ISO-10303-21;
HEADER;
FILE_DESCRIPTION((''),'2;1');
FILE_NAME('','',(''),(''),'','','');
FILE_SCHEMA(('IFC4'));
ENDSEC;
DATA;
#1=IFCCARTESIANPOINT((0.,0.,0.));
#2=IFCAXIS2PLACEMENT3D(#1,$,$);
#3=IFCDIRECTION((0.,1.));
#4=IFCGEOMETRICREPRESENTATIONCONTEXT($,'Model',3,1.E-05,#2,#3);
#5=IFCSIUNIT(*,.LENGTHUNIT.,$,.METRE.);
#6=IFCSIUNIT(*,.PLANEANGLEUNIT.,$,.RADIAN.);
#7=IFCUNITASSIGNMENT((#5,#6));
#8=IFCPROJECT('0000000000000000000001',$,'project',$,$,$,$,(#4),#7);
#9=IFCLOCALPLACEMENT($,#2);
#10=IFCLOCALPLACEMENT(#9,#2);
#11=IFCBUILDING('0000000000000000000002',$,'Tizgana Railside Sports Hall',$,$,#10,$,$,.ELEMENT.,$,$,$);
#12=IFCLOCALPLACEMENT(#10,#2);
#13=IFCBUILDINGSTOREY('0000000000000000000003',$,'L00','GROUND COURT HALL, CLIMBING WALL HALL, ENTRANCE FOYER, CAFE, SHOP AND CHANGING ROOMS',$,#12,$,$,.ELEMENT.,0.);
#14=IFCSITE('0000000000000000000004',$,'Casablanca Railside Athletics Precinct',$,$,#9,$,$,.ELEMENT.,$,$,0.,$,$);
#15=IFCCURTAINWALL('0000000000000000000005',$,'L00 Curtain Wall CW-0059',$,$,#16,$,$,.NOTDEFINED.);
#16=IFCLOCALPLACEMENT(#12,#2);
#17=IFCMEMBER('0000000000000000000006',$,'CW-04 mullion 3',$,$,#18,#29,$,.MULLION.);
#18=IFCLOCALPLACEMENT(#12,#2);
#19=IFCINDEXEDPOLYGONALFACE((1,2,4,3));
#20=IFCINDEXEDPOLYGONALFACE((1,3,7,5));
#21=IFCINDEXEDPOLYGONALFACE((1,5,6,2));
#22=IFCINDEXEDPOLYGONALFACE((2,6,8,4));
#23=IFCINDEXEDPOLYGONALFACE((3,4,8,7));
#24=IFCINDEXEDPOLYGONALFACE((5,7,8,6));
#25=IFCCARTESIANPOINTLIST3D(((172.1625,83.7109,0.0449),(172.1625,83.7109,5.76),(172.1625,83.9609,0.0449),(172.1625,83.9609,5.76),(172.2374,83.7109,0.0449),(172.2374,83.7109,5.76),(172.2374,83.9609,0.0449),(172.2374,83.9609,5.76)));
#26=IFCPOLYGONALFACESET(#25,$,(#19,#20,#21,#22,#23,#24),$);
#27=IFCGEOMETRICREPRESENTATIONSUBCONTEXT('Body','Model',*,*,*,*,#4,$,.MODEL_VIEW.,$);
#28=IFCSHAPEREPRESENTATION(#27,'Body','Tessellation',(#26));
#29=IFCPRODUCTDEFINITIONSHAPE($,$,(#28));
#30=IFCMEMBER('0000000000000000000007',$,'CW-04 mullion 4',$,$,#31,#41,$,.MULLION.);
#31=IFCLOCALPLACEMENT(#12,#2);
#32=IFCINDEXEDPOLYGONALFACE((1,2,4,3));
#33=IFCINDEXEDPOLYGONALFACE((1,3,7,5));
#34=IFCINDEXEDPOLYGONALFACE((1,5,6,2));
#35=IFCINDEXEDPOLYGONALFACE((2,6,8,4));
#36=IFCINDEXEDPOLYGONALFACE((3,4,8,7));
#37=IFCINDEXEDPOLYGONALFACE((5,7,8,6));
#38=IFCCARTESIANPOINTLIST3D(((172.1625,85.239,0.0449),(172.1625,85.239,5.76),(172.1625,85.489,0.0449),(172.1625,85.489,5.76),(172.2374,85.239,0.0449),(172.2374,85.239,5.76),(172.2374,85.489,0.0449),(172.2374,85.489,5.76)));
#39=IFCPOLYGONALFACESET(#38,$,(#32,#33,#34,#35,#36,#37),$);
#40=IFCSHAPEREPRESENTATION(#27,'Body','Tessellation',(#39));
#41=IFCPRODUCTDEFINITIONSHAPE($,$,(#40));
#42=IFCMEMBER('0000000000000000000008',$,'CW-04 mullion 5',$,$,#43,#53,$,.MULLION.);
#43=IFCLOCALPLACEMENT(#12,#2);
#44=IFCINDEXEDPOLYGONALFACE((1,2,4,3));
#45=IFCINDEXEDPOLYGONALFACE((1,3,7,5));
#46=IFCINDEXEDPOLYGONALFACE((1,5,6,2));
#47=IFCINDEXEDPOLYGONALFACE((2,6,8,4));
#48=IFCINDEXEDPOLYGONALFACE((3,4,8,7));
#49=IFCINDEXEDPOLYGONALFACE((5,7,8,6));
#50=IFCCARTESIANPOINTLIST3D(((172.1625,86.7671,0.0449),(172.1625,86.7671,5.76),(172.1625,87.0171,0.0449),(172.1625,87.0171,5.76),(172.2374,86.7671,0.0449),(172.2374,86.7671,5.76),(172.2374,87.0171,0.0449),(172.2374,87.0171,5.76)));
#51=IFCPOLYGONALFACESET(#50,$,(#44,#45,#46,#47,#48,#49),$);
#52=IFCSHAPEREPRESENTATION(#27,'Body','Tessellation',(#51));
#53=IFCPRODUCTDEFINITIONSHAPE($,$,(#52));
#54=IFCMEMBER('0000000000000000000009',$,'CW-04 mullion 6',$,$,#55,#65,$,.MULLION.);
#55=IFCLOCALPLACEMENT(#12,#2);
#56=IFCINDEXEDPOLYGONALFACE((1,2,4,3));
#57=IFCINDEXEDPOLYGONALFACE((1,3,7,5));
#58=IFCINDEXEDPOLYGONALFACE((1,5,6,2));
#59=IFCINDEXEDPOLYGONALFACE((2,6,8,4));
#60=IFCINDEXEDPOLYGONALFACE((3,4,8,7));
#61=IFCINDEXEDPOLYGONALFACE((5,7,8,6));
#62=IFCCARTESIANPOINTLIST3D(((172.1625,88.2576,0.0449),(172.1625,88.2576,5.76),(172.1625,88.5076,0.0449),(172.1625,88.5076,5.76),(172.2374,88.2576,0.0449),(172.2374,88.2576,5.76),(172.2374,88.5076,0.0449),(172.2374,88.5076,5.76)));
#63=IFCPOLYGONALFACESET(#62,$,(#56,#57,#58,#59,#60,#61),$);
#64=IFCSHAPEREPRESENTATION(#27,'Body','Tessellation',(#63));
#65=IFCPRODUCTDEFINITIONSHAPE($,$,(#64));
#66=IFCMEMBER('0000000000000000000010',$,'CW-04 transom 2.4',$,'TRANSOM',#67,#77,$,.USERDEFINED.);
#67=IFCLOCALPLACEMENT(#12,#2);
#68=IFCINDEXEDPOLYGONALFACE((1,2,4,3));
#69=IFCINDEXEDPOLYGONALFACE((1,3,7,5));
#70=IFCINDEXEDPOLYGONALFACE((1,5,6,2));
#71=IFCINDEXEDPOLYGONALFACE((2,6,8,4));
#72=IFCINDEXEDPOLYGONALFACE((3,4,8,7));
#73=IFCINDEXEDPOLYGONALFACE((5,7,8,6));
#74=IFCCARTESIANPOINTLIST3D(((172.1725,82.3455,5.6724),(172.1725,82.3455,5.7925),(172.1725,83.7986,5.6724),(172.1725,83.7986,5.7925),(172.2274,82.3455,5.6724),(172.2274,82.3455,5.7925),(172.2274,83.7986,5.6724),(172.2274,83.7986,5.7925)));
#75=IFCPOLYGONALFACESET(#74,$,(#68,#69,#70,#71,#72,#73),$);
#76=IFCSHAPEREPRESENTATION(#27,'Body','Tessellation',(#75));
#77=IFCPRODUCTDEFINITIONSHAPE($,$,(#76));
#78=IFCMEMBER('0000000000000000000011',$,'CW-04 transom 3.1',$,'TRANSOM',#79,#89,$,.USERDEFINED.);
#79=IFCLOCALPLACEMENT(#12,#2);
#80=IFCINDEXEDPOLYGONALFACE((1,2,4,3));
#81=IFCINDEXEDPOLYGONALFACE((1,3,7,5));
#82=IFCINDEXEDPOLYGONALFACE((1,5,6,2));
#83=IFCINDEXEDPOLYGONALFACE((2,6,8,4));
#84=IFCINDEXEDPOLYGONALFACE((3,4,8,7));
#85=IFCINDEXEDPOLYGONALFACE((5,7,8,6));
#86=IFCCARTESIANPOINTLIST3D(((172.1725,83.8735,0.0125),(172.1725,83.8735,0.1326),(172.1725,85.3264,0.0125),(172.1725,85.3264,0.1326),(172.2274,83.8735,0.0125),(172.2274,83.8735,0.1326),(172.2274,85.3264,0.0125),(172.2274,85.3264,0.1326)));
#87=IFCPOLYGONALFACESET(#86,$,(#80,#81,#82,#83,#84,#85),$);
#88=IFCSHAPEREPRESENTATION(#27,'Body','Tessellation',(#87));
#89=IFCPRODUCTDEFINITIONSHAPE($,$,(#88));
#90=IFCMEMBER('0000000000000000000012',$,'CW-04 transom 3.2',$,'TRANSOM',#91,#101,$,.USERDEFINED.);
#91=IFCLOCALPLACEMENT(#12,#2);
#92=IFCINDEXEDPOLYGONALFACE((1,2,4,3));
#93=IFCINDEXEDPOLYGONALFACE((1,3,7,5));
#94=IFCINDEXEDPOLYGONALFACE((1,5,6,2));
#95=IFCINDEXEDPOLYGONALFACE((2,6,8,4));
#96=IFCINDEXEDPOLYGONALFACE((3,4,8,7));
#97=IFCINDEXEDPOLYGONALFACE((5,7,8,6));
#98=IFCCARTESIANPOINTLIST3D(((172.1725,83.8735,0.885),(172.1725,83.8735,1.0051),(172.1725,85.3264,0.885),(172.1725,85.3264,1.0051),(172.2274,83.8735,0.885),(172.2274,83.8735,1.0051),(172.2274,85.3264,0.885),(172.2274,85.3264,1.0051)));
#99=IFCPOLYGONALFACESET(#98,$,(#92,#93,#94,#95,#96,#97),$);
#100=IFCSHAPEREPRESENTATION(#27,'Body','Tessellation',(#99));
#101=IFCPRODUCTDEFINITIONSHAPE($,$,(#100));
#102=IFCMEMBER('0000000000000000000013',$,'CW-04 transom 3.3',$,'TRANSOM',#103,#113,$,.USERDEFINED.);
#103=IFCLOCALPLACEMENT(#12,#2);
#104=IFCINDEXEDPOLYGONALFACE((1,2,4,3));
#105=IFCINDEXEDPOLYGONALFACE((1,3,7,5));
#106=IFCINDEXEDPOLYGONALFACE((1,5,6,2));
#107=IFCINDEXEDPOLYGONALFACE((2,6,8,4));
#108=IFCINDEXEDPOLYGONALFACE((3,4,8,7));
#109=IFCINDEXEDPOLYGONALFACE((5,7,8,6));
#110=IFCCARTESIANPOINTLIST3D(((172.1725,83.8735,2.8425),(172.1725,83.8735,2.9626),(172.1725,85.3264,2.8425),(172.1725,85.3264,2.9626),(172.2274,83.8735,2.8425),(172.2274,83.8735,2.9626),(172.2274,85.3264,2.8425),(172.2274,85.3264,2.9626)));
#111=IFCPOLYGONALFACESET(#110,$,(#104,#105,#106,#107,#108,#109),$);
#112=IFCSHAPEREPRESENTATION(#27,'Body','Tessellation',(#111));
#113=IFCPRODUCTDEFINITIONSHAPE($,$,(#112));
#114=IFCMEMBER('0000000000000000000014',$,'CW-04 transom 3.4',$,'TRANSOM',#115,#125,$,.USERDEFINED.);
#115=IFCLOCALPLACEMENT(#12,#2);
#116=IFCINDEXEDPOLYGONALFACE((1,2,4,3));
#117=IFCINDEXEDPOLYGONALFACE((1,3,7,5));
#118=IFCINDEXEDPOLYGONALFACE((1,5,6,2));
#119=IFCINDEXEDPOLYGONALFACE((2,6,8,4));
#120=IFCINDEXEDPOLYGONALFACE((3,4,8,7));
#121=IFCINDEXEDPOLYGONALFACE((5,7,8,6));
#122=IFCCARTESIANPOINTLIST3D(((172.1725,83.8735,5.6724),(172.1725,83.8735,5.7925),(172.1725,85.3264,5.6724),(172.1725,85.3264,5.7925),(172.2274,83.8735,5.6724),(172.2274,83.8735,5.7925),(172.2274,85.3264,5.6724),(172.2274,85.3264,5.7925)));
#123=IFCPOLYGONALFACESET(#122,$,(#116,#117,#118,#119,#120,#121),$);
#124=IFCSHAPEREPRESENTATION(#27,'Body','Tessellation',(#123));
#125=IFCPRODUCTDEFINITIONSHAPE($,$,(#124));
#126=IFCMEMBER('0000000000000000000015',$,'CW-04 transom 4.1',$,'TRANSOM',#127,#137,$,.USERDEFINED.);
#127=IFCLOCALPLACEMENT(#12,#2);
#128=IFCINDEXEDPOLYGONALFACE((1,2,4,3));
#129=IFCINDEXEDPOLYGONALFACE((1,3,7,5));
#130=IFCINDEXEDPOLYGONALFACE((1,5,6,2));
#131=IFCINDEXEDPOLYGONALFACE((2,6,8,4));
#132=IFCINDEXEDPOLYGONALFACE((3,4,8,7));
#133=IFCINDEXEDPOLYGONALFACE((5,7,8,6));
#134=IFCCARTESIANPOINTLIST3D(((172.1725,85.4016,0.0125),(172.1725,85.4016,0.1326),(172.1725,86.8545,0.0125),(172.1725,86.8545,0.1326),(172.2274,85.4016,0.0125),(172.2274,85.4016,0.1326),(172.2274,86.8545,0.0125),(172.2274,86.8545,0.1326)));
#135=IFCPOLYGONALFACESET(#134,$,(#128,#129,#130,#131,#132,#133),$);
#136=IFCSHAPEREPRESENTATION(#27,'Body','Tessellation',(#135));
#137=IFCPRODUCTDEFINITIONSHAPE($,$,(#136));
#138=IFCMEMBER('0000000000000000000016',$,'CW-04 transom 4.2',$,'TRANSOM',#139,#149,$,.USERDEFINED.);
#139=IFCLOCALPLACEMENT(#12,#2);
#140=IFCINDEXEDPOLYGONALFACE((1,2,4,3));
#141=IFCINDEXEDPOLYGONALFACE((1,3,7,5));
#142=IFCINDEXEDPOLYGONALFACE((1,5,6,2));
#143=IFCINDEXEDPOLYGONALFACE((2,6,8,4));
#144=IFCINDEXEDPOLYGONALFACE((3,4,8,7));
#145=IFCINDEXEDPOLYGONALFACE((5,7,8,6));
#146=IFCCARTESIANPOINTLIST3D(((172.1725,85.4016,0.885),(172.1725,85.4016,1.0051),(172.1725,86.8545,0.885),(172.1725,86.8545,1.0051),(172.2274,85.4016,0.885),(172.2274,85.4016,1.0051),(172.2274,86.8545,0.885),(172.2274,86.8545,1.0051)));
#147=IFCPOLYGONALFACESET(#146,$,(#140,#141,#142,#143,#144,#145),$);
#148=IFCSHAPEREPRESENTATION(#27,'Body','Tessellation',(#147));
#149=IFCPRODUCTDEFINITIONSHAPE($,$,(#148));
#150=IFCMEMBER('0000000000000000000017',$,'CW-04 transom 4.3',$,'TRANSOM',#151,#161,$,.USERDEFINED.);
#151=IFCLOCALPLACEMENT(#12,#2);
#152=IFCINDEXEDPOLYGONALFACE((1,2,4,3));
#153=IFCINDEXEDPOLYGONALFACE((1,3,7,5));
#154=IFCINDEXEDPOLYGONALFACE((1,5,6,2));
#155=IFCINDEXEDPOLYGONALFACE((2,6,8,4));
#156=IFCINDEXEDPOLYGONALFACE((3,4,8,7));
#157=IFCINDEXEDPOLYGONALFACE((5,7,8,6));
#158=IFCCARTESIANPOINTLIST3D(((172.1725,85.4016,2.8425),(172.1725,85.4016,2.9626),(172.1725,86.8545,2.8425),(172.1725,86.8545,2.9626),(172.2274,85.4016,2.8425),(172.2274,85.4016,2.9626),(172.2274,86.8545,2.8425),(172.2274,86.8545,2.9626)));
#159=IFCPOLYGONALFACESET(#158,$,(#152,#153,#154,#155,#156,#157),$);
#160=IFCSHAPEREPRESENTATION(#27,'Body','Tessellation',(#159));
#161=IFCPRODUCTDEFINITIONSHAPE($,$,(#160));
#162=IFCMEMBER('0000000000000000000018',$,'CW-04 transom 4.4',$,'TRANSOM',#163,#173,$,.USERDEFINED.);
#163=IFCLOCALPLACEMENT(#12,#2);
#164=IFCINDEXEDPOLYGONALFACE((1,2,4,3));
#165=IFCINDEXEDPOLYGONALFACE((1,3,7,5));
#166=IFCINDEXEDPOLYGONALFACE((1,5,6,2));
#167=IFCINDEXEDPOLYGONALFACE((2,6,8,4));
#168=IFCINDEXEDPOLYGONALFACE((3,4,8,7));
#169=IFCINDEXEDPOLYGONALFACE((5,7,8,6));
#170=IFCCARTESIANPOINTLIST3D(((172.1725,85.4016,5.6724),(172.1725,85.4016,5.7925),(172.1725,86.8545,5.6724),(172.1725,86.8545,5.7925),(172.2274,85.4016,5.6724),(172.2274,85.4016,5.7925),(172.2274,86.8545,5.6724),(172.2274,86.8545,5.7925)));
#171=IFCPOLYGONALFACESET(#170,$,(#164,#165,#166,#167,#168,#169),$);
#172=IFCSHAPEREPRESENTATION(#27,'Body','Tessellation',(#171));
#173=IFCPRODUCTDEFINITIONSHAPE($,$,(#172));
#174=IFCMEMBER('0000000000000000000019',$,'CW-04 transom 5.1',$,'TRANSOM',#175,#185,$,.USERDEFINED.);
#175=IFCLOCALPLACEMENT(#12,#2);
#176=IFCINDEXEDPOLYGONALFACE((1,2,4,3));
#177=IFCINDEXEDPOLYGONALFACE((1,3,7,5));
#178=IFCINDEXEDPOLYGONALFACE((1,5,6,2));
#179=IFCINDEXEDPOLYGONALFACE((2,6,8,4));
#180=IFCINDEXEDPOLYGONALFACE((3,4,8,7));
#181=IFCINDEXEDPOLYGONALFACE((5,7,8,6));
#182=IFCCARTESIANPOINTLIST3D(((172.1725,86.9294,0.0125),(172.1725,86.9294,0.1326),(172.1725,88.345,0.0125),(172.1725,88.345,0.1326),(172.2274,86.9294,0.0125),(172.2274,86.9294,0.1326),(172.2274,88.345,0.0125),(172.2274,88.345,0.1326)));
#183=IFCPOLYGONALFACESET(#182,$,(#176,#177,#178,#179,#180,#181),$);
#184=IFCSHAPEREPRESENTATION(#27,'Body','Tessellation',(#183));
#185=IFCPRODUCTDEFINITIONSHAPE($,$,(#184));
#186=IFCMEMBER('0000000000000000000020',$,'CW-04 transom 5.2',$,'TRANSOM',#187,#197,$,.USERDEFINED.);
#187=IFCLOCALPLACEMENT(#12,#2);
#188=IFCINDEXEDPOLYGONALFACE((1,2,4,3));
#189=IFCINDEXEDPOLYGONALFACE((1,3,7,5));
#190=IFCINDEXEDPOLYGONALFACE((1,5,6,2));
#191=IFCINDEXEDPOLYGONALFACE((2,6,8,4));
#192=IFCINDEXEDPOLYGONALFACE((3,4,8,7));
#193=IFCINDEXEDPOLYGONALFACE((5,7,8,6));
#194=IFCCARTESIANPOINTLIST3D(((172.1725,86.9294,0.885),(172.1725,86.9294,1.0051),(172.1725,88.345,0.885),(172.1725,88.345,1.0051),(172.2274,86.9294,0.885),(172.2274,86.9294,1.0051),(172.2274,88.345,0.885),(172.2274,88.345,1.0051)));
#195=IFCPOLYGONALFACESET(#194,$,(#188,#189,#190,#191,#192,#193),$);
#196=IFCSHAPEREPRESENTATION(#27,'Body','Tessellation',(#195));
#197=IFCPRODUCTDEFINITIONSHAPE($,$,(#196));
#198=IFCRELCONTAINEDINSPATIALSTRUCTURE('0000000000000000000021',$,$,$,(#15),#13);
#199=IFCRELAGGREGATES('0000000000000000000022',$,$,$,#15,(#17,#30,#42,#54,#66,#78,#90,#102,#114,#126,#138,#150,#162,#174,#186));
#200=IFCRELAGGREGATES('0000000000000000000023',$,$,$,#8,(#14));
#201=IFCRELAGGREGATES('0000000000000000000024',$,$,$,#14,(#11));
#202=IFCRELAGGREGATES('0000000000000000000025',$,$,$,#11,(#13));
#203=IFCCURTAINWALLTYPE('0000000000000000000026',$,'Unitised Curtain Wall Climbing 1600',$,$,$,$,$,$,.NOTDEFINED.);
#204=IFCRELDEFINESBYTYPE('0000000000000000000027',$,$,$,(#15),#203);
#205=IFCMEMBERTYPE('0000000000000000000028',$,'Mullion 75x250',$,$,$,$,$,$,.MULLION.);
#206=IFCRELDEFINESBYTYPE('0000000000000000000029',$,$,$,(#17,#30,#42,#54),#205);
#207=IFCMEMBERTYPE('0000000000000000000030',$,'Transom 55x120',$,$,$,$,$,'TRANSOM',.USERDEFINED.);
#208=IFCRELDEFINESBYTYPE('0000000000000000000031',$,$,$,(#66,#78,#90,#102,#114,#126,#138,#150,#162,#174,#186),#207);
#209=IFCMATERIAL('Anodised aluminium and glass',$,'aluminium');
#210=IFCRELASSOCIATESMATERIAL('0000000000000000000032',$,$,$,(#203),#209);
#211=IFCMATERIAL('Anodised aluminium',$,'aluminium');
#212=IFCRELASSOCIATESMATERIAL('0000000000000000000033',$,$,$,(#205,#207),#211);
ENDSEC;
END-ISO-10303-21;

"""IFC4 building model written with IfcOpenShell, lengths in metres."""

from ifc_helpers import new_model, si_unit, direction, frame, origin, origin_2d, place, context, subcontext, project, spatial, rectangle, extrude, material, material_profile, profile_set, type_object, element, aggregate, save


model = new_model("IFC4")

# Units and contexts
model_context = context("Model", 3, precision=1e-05, world=origin(), true_north=direction((0.0, 1.0)))
body_context = subcontext(model_context, "Body", "Model", "MODEL_VIEW")
ifc_project = project(units=[si_unit("LENGTHUNIT", "METRE"), si_unit("PLANEANGLEUNIT", "RADIAN")], contexts=[model_context])

# Site, building, storey
site_placement = place(None, origin())
site = spatial("IfcSite", under=ifc_project, at=site_placement, Name="Casablanca Railside Athletics Precinct", CompositionType="ELEMENT", RefElevation=0.0)
building_placement = place(site_placement, origin())
building = spatial("IfcBuilding", under=site, at=building_placement, Name="Tizgana Railside Sports Hall", CompositionType="ELEMENT")
storey_placement = place(building_placement, origin())
storey = spatial("IfcBuildingStorey", under=building, at=storey_placement, Name="L00", Description="GROUND COURT HALL, CLIMBING WALL HALL, ENTRANCE FOYER, CAFE, SHOP AND CHANGING ROOMS", CompositionType="ELEMENT", Elevation=0.0)

# Curtain wall, members
ifc_material_1 = material(Name="Anodised aluminium and glass", Category="aluminium")
curtain_wall_type = type_object("IfcCurtainWallType", Name="Unitised Curtain Wall Climbing 1600", PredefinedType="NOTDEFINED", material=ifc_material_1)
curtain_wall_placement = place(storey_placement, origin())
curtain_wall = element("IfcCurtainWall", 1, at=curtain_wall_placement, inside=storey, type_object=curtain_wall_type, Name="L00 Curtain Wall CW-0059", PredefinedType="NOTDEFINED")
ifc_material_2 = material(Name="Anodised aluminium", Category="aluminium")
ifc_material_profile_1 = material_profile(ifc_material_2, rectangle(XDim=0.075, YDim=0.25, at=origin_2d()), Name="Mullion 75x250")
ifc_profile_set_1 = profile_set([ifc_material_profile_1], Name="Anodised aluminium")
member_type_1 = type_object("IfcMemberType", Name="Mullion 75x250", PredefinedType="MULLION", material=ifc_profile_set_1)
member_1_placement = place(storey_placement, frame((172.2, 83.8359, 0.0449), z_axis=(0.0, 0.0, 1.0), x_axis=(-1.0, 0.0, 0.0)))
member_1 = element("IfcMember", 2, at=member_1_placement, type_object=member_type_1, Name="CW-04 mullion 3", PredefinedType="MULLION", context=body_context, shape_type="SweptSolid", body=[
    extrude(rectangle(XDim=0.075, YDim=0.25, at=origin_2d()), origin(), (0.0, 0.0, 1.0), 5.7151),
])
member_2_placement = place(storey_placement, frame((172.2, 85.364, 0.0449), z_axis=(0.0, 0.0, 1.0), x_axis=(-1.0, 0.0, 0.0)))
member_2 = element("IfcMember", 3, at=member_2_placement, type_object=member_type_1, Name="CW-04 mullion 4", PredefinedType="MULLION", context=body_context, shape_type="SweptSolid", body=[
    extrude(rectangle(XDim=0.075, YDim=0.25, at=origin_2d()), origin(), (0.0, 0.0, 1.0), 5.7151),
])
member_3_placement = place(storey_placement, frame((172.2, 86.8921, 0.0449), z_axis=(0.0, 0.0, 1.0), x_axis=(-1.0, 0.0, 0.0)))
member_3 = element("IfcMember", 4, at=member_3_placement, type_object=member_type_1, Name="CW-04 mullion 5", PredefinedType="MULLION", context=body_context, shape_type="SweptSolid", body=[
    extrude(rectangle(XDim=0.075, YDim=0.25, at=origin_2d()), origin(), (0.0, 0.0, 1.0), 5.7151),
])
member_4_placement = place(storey_placement, frame((172.2, 88.3826, 0.0449), z_axis=(0.0, 0.0, 1.0), x_axis=(-1.0, 0.0, 0.0)))
member_4 = element("IfcMember", 5, at=member_4_placement, type_object=member_type_1, Name="CW-04 mullion 6", PredefinedType="MULLION", context=body_context, shape_type="SweptSolid", body=[
    extrude(rectangle(XDim=0.075, YDim=0.25, at=origin_2d()), origin(), (0.0, 0.0, 1.0), 5.7151),
])
ifc_material_profile_2 = material_profile(ifc_material_2, rectangle(XDim=0.0549, YDim=0.1201, at=origin_2d()), Name="Transom 55x120")
ifc_profile_set_2 = profile_set([ifc_material_profile_2], Name="Anodised aluminium")
member_type_2 = type_object("IfcMemberType", Name="Transom 55x120", ElementType="TRANSOM", PredefinedType="USERDEFINED", material=ifc_profile_set_2)
member_5_placement = place(storey_placement, frame((172.2, 82.3455, 5.7324), z_axis=(0.0, 1.0, 0.0), x_axis=(-1.0, 0.0, 0.0)))
member_5 = element("IfcMember", 6, at=member_5_placement, type_object=member_type_2, Name="CW-04 transom 2.4", ObjectType="TRANSOM", PredefinedType="USERDEFINED", context=body_context, shape_type="SweptSolid", body=[
    extrude(rectangle(XDim=0.0549, YDim=0.1201, at=origin_2d()), origin(), (0.0, 0.0, 1.0), 1.4531),
])
member_6_placement = place(storey_placement, frame((172.2, 83.8735, 0.0725), z_axis=(0.0, 1.0, 0.0), x_axis=(-1.0, 0.0, 0.0)))
member_6 = element("IfcMember", 7, at=member_6_placement, type_object=member_type_2, Name="CW-04 transom 3.1", ObjectType="TRANSOM", PredefinedType="USERDEFINED", context=body_context, shape_type="SweptSolid", body=[
    extrude(rectangle(XDim=0.0549, YDim=0.1201, at=origin_2d()), origin(), (0.0, 0.0, 1.0), 1.4529),
])
member_7_placement = place(storey_placement, frame((172.2, 83.8735, 0.9451), z_axis=(0.0, 1.0, 0.0), x_axis=(-1.0, 0.0, 0.0)))
member_7 = element("IfcMember", 8, at=member_7_placement, type_object=member_type_2, Name="CW-04 transom 3.2", ObjectType="TRANSOM", PredefinedType="USERDEFINED", context=body_context, shape_type="SweptSolid", body=[
    extrude(rectangle(XDim=0.0549, YDim=0.1201, at=origin_2d()), origin(), (0.0, 0.0, 1.0), 1.4529),
])
member_8_placement = place(storey_placement, frame((172.2, 83.8735, 2.9026), z_axis=(0.0, 1.0, 0.0), x_axis=(-1.0, 0.0, 0.0)))
member_8 = element("IfcMember", 9, at=member_8_placement, type_object=member_type_2, Name="CW-04 transom 3.3", ObjectType="TRANSOM", PredefinedType="USERDEFINED", context=body_context, shape_type="SweptSolid", body=[
    extrude(rectangle(XDim=0.0549, YDim=0.1201, at=origin_2d()), origin(), (0.0, 0.0, 1.0), 1.4529),
])
member_9_placement = place(storey_placement, frame((172.2, 83.8735, 5.7324), z_axis=(0.0, 1.0, 0.0), x_axis=(-1.0, 0.0, 0.0)))
member_9 = element("IfcMember", 10, at=member_9_placement, type_object=member_type_2, Name="CW-04 transom 3.4", ObjectType="TRANSOM", PredefinedType="USERDEFINED", context=body_context, shape_type="SweptSolid", body=[
    extrude(rectangle(XDim=0.0549, YDim=0.1201, at=origin_2d()), origin(), (0.0, 0.0, 1.0), 1.4529),
])
member_10_placement = place(storey_placement, frame((172.2, 85.4016, 0.0725), z_axis=(0.0, 1.0, 0.0), x_axis=(-1.0, 0.0, 0.0)))
member_10 = element("IfcMember", 11, at=member_10_placement, type_object=member_type_2, Name="CW-04 transom 4.1", ObjectType="TRANSOM", PredefinedType="USERDEFINED", context=body_context, shape_type="SweptSolid", body=[
    extrude(rectangle(XDim=0.0549, YDim=0.1201, at=origin_2d()), origin(), (0.0, 0.0, 1.0), 1.4529),
])
member_11_placement = place(storey_placement, frame((172.2, 85.4016, 0.9451), z_axis=(0.0, 1.0, 0.0), x_axis=(-1.0, 0.0, 0.0)))
member_11 = element("IfcMember", 12, at=member_11_placement, type_object=member_type_2, Name="CW-04 transom 4.2", ObjectType="TRANSOM", PredefinedType="USERDEFINED", context=body_context, shape_type="SweptSolid", body=[
    extrude(rectangle(XDim=0.0549, YDim=0.1201, at=origin_2d()), origin(), (0.0, 0.0, 1.0), 1.4529),
])
member_12_placement = place(storey_placement, frame((172.2, 85.4016, 2.9026), z_axis=(0.0, 1.0, 0.0), x_axis=(-1.0, 0.0, 0.0)))
member_12 = element("IfcMember", 13, at=member_12_placement, type_object=member_type_2, Name="CW-04 transom 4.3", ObjectType="TRANSOM", PredefinedType="USERDEFINED", context=body_context, shape_type="SweptSolid", body=[
    extrude(rectangle(XDim=0.0549, YDim=0.1201, at=origin_2d()), origin(), (0.0, 0.0, 1.0), 1.4529),
])
member_13_placement = place(storey_placement, frame((172.2, 85.4016, 5.7324), z_axis=(0.0, 1.0, 0.0), x_axis=(-1.0, 0.0, 0.0)))
member_13 = element("IfcMember", 14, at=member_13_placement, type_object=member_type_2, Name="CW-04 transom 4.4", ObjectType="TRANSOM", PredefinedType="USERDEFINED", context=body_context, shape_type="SweptSolid", body=[
    extrude(rectangle(XDim=0.0549, YDim=0.1201, at=origin_2d()), origin(), (0.0, 0.0, 1.0), 1.4529),
])
member_14_placement = place(storey_placement, frame((172.2, 86.9294, 0.0725), z_axis=(0.0, 1.0, 0.0), x_axis=(-1.0, 0.0, 0.0)))
member_14 = element("IfcMember", 15, at=member_14_placement, type_object=member_type_2, Name="CW-04 transom 5.1", ObjectType="TRANSOM", PredefinedType="USERDEFINED", context=body_context, shape_type="SweptSolid", body=[
    extrude(rectangle(XDim=0.0549, YDim=0.1201, at=origin_2d()), origin(), (0.0, 0.0, 1.0), 1.4155),
])
member_15_placement = place(storey_placement, frame((172.2, 86.9294, 0.9451), z_axis=(0.0, 1.0, 0.0), x_axis=(-1.0, 0.0, 0.0)))
member_15 = element("IfcMember", 16, at=member_15_placement, type_object=member_type_2, Name="CW-04 transom 5.2", ObjectType="TRANSOM", PredefinedType="USERDEFINED", context=body_context, shape_type="SweptSolid", body=[
    extrude(rectangle(XDim=0.0549, YDim=0.1201, at=origin_2d()), origin(), (0.0, 0.0, 1.0), 1.4155),
])
aggregate(curtain_wall, [member_1, member_2, member_3, member_4, member_5, member_6, member_7, member_8, member_9, member_10, member_11, member_12, member_13, member_14, member_15])

save(model, "model.ifc")
